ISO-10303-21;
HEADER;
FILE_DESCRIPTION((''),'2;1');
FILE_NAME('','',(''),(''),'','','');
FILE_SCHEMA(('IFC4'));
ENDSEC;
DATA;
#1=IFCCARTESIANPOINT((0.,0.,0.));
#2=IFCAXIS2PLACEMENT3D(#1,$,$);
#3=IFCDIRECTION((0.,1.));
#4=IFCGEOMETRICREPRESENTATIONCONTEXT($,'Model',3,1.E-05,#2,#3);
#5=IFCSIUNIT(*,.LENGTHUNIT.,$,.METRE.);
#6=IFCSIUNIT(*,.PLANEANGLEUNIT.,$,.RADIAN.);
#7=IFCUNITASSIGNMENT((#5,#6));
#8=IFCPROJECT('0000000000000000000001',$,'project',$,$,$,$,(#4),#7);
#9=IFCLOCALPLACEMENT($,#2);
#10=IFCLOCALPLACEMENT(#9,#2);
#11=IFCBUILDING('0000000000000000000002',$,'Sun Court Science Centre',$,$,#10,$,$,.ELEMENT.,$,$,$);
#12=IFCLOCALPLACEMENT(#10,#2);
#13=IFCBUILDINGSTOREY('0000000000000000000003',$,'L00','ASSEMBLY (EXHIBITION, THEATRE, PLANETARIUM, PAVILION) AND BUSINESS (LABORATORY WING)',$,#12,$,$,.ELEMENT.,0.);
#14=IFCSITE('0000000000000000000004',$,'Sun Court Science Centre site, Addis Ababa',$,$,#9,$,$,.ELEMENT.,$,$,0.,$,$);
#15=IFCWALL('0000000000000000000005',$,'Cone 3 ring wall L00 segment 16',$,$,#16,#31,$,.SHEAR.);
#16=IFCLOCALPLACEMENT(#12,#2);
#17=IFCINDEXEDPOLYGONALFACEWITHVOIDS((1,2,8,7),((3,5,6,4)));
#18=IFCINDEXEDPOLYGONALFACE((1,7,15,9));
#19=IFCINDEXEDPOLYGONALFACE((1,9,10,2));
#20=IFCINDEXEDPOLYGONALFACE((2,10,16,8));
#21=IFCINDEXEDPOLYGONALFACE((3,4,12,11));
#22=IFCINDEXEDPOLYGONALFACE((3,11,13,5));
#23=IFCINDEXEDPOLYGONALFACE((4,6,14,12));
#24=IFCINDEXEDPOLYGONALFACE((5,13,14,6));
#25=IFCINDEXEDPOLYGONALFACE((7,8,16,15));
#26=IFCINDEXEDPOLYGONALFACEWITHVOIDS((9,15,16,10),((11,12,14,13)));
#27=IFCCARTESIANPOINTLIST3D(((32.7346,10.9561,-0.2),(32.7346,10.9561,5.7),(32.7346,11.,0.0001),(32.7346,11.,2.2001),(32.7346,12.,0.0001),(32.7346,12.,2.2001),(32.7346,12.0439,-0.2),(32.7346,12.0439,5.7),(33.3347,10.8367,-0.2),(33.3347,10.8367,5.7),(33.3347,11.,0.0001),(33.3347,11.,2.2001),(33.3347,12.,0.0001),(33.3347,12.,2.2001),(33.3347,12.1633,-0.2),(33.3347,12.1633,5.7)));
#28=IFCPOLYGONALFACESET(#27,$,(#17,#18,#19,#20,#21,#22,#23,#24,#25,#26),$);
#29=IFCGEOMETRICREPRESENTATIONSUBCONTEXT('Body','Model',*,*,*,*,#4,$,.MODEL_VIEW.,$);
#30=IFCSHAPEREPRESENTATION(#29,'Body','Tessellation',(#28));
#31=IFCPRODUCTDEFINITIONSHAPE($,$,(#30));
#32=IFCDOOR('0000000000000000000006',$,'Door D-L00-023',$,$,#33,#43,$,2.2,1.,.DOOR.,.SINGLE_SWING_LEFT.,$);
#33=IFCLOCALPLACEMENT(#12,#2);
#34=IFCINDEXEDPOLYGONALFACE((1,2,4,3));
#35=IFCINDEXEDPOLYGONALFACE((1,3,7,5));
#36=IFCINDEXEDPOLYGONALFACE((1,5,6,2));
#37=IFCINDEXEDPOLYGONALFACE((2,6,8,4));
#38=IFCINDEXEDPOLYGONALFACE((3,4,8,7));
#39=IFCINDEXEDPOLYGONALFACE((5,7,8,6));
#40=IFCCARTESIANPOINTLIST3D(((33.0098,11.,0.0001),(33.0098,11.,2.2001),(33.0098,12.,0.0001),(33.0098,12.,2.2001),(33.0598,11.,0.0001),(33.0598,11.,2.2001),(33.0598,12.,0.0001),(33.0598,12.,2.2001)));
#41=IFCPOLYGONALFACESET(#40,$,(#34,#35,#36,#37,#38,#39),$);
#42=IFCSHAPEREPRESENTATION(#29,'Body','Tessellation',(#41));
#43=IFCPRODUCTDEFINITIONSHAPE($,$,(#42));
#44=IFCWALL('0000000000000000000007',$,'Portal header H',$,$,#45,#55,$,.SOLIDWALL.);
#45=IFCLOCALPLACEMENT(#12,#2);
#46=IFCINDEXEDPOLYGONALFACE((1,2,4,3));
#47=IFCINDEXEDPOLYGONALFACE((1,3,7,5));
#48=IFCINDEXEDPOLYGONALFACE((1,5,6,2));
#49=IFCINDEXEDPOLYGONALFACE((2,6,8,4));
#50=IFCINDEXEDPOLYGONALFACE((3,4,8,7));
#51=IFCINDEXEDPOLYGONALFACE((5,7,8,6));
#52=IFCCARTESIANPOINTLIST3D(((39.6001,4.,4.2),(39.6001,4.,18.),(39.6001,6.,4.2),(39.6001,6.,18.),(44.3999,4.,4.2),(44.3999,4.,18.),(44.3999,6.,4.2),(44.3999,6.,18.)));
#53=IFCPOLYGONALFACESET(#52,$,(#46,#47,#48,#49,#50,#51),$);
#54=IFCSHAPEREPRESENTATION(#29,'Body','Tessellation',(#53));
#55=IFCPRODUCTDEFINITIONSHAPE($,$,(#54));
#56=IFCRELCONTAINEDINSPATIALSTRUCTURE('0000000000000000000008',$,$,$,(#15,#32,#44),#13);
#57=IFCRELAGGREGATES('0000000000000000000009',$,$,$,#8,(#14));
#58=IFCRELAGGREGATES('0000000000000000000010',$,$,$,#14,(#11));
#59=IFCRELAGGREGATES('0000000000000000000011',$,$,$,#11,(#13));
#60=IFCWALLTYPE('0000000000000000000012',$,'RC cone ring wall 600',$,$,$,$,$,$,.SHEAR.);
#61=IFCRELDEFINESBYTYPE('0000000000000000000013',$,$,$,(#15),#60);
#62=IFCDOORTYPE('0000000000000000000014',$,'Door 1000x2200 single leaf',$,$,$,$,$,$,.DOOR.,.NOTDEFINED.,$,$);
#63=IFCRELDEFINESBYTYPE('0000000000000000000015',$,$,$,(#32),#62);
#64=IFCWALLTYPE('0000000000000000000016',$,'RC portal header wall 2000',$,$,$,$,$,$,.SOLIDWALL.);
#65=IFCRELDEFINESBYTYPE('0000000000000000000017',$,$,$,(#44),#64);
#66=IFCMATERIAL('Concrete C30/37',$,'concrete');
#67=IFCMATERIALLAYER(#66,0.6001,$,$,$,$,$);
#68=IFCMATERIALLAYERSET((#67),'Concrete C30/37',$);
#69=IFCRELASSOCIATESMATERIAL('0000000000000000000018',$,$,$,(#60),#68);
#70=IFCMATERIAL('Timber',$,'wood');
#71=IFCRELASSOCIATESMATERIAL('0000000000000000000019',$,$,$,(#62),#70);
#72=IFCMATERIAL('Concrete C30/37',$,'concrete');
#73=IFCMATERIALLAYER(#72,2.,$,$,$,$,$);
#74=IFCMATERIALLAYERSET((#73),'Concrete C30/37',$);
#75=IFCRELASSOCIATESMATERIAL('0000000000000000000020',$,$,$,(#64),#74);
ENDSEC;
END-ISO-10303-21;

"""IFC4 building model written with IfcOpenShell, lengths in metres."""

from ifc_helpers import new_model, si_unit, direction, frame, frame_2d, origin, place, context, subcontext, project, spatial, polyline, rectangle, outline, extrude, material, layer, layer_set, type_object, element, fill, save


model = new_model("IFC4")

# Units and contexts
model_context = context("Model", 3, precision=1e-05, world=origin(), true_north=direction((0.0, 1.0)))
body_context = subcontext(model_context, "Body", "Model", "MODEL_VIEW")
ifc_project = project(units=[si_unit("LENGTHUNIT", "METRE"), si_unit("PLANEANGLEUNIT", "RADIAN")], contexts=[model_context])

# Site, building, storey
site_placement = place(None, origin())
site = spatial("IfcSite", under=ifc_project, at=site_placement, Name="Sun Court Science Centre site, Addis Ababa", CompositionType="ELEMENT", RefElevation=0.0)
building_placement = place(site_placement, origin())
building = spatial("IfcBuilding", under=site, at=building_placement, Name="Sun Court Science Centre", CompositionType="ELEMENT")
storey_placement = place(building_placement, origin())
storey = spatial("IfcBuildingStorey", under=building, at=storey_placement, Name="L00", Description="ASSEMBLY (EXHIBITION, THEATRE, PLANETARIUM, PAVILION) AND BUSINESS (LABORATORY WING)", CompositionType="ELEMENT", Elevation=0.0)

# Shared definitions
ifc_material_1 = material(Name="Concrete C30/37", Category="concrete")
ifc_layer_1 = layer(ifc_material_1, 0.6001)
ifc_layer_set_1 = layer_set([ifc_layer_1], Name="Concrete C30/37")
wall_type_1 = type_object("IfcWallType", Name="RC cone ring wall 600", PredefinedType="SHEAR", material=ifc_layer_set_1)

# Wall, opening, door
wall_1_placement = place(storey_placement, frame((33.0347, 10.8367, -0.2), z_axis=(0.0, 0.0, 1.0), x_axis=(0.0, 1.0, 0.0)))
wall_1 = element("IfcWall", 1, at=wall_1_placement, inside=storey, type_object=wall_type_1, Name="Cone 3 ring wall L00 segment 16", PredefinedType="SHEAR", context=body_context, shape_type="SweptSolid", body=[
    extrude(outline(polyline([(0.0, -0.3), (1.3267, -0.3), (1.2073, 0.3), (0.1194, 0.3), (0.0, -0.3)])), origin(), (0.0, 0.0, 1.0), 5.8999),
])
opening_1_placement = place(wall_1_placement, frame((0.1633, 0.0, 0.2)))
opening_1 = element("IfcOpeningElement", 2, at=opening_1_placement, cuts=wall_1, PredefinedType="OPENING", context=body_context, shape_type="SweptSolid", body=[
    extrude(rectangle(XDim=1.0, YDim=2.2, at=frame_2d((0.5, 1.1001))), frame((0.0, 0.3101, 0.0), z_axis=(0.0, -1.0, 0.0), x_axis=(1.0, 0.0, 0.0)), (0.0, 0.0, 1.0), 0.6201),
])
ifc_material_2 = material(Name="Timber", Category="wood")
door_type_1 = type_object("IfcDoorType", Name="Door 1000x2200 single leaf", OperationType="NOTDEFINED", PredefinedType="DOOR", material=ifc_material_2)
door_1_placement = place(opening_1_placement, origin())
door_1 = element("IfcDoor", 3, at=door_1_placement, inside=storey, type_object=door_type_1, Name="Door D-L00-023", OperationType="SINGLE_SWING_LEFT", OverallHeight=2.2, OverallWidth=1.0, PredefinedType="DOOR", context=body_context, shape_type="SweptSolid", body=[
    extrude(rectangle(XDim=1.0, YDim=2.2, at=frame_2d((0.5, 1.1001))), frame((0.0, 0.0249, 0.0), z_axis=(0.0, -1.0, 0.0), x_axis=(1.0, 0.0, 0.0)), (0.0, 0.0, 1.0), 0.05),
])
fill(opening_1, door_1)

# Wall
ifc_material_3 = material(Name="Concrete C30/37", Category="concrete")
ifc_layer_2 = layer(ifc_material_3, 2.0)
ifc_layer_set_2 = layer_set([ifc_layer_2], Name="Concrete C30/37")
wall_type_2 = type_object("IfcWallType", Name="RC portal header wall 2000", PredefinedType="SOLIDWALL", material=ifc_layer_set_2)
wall_2_placement = place(storey_placement, frame((39.6001, 5.0, 4.2), z_axis=(0.0, 0.0, 1.0), x_axis=(1.0, 0.0, 0.0)))
element("IfcWall", 4, at=wall_2_placement, inside=storey, type_object=wall_type_2, Name="Portal header H", PredefinedType="SOLIDWALL", context=body_context, shape_type="SweptSolid", body=[
    extrude(rectangle(XDim=4.7998, YDim=2.0, at=frame_2d((2.3999, 0.0))), origin(), (0.0, 0.0, 1.0), 13.8),
])

save(model, "model.ifc")
